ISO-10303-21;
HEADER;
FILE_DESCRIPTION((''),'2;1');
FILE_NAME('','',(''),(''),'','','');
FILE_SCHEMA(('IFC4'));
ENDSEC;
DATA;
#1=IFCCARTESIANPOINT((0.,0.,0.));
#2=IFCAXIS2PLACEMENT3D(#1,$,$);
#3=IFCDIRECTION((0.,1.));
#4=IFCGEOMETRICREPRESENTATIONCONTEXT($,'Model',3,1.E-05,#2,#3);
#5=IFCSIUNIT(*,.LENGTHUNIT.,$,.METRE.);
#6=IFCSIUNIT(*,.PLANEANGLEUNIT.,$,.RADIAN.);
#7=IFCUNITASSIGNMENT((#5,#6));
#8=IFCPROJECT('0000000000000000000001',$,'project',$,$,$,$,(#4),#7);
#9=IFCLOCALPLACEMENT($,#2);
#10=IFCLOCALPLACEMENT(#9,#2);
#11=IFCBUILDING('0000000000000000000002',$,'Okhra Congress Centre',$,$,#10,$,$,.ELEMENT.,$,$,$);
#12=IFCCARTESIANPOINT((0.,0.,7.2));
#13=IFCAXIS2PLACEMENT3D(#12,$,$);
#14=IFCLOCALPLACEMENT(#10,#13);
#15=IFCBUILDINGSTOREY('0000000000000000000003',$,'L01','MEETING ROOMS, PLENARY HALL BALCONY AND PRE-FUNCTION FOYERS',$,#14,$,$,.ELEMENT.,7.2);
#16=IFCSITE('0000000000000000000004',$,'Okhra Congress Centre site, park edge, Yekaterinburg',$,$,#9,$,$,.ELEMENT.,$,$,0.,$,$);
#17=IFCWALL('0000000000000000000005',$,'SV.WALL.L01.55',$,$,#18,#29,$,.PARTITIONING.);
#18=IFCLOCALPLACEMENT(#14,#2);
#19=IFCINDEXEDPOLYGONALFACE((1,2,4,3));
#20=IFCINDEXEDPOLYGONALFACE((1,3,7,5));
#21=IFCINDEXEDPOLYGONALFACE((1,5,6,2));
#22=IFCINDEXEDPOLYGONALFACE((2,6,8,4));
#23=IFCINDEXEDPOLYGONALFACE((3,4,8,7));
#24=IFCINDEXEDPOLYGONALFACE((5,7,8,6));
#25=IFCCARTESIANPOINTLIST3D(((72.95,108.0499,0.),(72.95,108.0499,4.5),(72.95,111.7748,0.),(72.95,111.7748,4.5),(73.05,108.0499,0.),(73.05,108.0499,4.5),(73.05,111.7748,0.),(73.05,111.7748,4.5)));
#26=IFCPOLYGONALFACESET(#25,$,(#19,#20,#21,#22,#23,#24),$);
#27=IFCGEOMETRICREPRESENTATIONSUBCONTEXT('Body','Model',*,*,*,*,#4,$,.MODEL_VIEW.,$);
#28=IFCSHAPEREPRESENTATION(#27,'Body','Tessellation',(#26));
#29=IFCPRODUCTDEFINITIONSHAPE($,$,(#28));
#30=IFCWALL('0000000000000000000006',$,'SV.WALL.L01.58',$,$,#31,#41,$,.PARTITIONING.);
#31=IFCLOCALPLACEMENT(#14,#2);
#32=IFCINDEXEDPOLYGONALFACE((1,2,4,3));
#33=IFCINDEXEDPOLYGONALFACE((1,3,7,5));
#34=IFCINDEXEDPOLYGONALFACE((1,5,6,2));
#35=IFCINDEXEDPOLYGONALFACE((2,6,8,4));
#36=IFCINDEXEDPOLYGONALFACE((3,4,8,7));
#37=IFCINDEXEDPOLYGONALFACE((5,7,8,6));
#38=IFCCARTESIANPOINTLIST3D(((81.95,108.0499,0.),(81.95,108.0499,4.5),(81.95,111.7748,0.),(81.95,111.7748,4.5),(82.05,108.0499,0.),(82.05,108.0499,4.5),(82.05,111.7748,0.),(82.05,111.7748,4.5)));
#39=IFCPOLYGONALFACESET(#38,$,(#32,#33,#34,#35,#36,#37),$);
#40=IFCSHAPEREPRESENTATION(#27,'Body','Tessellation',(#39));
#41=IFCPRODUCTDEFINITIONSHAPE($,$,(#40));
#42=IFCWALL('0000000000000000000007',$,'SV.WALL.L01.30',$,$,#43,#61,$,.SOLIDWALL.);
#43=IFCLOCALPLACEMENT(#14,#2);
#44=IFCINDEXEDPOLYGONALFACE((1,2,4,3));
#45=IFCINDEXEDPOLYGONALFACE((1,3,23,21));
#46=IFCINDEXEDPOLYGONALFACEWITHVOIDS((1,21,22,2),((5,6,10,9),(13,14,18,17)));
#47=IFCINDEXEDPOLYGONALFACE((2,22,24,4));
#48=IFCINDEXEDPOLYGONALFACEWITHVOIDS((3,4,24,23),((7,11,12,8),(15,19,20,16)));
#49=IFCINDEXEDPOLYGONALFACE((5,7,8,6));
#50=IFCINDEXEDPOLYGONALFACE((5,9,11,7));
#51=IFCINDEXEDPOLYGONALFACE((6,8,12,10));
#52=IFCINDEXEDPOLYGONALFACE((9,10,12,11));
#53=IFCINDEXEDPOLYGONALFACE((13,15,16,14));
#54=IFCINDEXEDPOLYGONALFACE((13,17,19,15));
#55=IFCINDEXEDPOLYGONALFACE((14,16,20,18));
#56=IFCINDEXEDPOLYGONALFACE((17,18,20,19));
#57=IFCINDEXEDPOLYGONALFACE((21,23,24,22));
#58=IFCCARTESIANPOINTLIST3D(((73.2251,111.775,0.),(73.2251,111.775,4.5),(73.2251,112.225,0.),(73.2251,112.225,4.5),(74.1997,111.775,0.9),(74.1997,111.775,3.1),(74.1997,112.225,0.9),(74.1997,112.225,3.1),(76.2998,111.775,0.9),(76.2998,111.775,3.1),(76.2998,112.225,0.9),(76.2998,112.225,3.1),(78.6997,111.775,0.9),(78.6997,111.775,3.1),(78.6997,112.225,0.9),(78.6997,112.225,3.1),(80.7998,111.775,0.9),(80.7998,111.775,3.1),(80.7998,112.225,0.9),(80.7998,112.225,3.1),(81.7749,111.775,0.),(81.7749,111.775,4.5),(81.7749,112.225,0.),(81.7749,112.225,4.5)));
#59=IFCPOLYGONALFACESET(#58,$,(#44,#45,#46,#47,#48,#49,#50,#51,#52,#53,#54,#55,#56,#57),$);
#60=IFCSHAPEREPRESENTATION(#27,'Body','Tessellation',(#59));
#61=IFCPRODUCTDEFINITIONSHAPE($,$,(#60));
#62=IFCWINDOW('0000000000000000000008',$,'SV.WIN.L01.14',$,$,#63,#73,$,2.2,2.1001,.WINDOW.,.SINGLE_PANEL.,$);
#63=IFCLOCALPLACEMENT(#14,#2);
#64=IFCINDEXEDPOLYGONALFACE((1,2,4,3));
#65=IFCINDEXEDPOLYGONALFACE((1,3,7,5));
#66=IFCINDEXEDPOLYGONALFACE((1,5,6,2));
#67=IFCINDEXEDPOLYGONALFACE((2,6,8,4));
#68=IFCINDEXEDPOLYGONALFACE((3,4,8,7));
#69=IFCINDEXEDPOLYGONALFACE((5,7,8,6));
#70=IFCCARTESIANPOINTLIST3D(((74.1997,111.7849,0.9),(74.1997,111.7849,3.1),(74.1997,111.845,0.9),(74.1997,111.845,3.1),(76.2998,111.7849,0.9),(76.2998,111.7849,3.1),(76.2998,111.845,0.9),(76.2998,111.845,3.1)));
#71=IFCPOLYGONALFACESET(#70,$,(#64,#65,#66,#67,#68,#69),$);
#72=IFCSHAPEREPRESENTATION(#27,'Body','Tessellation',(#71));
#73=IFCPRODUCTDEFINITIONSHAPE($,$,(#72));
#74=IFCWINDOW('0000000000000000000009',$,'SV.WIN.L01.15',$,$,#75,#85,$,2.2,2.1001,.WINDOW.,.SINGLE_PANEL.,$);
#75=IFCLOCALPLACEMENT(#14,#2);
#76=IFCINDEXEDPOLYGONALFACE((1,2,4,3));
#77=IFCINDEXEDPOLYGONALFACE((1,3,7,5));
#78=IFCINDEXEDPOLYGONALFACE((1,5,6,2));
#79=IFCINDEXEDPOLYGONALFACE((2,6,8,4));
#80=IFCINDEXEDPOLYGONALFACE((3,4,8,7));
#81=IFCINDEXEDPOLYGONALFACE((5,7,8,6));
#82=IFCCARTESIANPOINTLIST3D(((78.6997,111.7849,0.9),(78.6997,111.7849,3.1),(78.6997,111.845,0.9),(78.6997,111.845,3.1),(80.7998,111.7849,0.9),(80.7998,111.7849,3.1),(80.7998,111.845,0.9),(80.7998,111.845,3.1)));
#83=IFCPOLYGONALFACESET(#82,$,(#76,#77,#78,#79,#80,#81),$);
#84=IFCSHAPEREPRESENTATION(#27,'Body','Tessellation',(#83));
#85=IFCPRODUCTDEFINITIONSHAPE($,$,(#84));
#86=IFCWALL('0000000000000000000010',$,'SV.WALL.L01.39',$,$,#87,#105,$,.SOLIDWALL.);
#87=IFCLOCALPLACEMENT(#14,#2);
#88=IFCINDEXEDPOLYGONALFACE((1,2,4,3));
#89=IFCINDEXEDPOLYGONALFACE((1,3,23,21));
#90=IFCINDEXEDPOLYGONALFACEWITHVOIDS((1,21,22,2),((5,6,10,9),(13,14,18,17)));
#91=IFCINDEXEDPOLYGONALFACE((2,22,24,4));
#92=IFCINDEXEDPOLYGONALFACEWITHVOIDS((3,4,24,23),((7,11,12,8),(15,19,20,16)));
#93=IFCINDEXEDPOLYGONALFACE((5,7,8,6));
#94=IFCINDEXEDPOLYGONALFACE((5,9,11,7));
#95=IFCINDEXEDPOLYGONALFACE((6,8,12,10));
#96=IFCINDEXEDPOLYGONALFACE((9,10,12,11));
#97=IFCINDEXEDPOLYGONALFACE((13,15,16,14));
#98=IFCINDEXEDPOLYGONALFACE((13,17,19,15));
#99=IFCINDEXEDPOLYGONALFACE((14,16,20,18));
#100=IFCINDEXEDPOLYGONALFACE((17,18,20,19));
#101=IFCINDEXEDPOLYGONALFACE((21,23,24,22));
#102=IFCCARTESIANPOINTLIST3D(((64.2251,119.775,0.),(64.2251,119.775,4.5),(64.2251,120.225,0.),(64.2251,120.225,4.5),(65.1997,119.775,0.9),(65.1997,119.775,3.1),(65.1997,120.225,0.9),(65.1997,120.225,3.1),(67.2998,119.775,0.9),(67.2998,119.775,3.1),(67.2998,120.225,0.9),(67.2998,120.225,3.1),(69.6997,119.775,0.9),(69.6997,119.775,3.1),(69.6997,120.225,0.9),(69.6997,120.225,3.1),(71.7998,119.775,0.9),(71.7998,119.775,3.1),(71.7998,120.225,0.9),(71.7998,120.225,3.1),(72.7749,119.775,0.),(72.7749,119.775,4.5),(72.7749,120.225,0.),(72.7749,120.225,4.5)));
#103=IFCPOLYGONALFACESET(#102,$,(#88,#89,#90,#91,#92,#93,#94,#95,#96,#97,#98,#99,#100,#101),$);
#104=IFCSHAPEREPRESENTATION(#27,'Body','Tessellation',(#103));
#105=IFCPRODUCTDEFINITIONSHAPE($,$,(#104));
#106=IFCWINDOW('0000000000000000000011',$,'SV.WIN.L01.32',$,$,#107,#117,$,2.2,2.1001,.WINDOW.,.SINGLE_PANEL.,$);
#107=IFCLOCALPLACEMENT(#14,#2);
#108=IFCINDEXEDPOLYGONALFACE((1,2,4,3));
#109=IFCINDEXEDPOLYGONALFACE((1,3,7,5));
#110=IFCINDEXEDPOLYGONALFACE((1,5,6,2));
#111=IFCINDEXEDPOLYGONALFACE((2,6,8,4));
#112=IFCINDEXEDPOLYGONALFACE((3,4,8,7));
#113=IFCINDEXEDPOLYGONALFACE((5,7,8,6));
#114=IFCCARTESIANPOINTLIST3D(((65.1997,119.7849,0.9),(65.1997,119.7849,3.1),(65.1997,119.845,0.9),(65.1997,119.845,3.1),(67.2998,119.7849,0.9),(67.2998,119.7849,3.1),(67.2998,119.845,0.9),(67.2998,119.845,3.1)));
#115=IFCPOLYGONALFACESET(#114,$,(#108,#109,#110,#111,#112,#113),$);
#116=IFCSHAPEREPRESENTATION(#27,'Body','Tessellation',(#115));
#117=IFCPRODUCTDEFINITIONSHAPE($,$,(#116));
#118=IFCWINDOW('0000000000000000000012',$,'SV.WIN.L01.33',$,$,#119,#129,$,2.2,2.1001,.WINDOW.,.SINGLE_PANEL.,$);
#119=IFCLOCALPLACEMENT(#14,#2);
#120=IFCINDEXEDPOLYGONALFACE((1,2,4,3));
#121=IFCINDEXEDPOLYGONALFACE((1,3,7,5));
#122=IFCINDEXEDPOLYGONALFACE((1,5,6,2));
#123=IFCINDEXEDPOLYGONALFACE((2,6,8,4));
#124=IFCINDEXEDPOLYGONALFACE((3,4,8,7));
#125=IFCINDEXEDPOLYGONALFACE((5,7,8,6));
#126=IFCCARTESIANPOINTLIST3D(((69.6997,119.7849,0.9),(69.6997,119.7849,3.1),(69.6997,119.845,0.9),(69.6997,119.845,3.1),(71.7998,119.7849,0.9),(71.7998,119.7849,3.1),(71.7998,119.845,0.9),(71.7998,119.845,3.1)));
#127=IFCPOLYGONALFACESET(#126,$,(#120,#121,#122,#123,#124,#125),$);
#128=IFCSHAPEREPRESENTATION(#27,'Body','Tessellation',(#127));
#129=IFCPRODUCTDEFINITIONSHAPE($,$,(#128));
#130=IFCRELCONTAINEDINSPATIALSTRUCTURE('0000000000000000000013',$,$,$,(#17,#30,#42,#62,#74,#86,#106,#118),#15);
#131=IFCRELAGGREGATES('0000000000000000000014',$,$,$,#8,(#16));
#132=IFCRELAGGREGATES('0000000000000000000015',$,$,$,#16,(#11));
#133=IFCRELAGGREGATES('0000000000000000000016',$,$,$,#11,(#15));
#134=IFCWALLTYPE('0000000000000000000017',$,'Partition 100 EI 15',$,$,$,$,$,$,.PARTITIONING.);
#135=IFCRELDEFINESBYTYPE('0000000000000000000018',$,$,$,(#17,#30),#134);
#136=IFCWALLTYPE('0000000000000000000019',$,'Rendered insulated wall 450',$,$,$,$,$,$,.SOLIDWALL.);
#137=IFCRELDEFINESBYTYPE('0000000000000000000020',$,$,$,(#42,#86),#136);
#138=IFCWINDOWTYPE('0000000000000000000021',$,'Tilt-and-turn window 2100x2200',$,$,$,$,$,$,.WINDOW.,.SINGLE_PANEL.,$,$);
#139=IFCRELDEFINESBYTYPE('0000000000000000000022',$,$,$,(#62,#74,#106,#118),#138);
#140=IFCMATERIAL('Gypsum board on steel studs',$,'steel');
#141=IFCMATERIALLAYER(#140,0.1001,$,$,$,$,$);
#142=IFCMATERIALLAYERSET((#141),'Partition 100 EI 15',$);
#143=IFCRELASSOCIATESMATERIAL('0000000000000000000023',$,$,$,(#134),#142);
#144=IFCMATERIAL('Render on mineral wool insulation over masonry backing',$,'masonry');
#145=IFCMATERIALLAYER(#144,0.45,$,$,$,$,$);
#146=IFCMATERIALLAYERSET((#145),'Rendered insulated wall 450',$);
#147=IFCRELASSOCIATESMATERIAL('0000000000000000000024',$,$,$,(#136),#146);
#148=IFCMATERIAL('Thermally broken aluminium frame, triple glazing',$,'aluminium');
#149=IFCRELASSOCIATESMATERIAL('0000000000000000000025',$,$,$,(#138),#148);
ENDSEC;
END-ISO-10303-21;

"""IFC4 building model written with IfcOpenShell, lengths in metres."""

from ifc_helpers import new_model, si_unit, direction, frame, frame_2d, origin, place, context, subcontext, project, spatial, rectangle, extrude, material, layer, layer_set, type_object, element, fill, save


model = new_model("IFC4")

# Units and contexts
model_context = context("Model", 3, precision=1e-05, world=origin(), true_north=direction((0.0, 1.0)))
body_context = subcontext(model_context, "Body", "Model", "MODEL_VIEW")
ifc_project = project(units=[si_unit("LENGTHUNIT", "METRE"), si_unit("PLANEANGLEUNIT", "RADIAN")], contexts=[model_context])

# Site, building, storey
site_placement = place(None, origin())
site = spatial("IfcSite", under=ifc_project, at=site_placement, Name="Okhra Congress Centre site, park edge, Yekaterinburg", CompositionType="ELEMENT", RefElevation=0.0)
building_placement = place(site_placement, origin())
building = spatial("IfcBuilding", under=site, at=building_placement, Name="Okhra Congress Centre", CompositionType="ELEMENT")
storey_placement = place(building_placement, frame((0.0, 0.0, 7.2)))
storey = spatial("IfcBuildingStorey", under=building, at=storey_placement, Name="L01", Description="MEETING ROOMS, PLENARY HALL BALCONY AND PRE-FUNCTION FOYERS", CompositionType="ELEMENT", Elevation=7.2)

# Walls
ifc_material_1 = material(Name="Gypsum board on steel studs", Category="steel")
ifc_layer_1 = layer(ifc_material_1, 0.1001)
ifc_layer_set_1 = layer_set([ifc_layer_1], Name="Partition 100 EI 15")
wall_type_1 = type_object("IfcWallType", Name="Partition 100 EI 15", PredefinedType="PARTITIONING", material=ifc_layer_set_1)
for number, where, z_axis, x_axis, name in (
    (1, (73.0, 108.05, 0.0), (0.0, 0.0, 1.0), (0.0, 1.0, 0.0), "SV.WALL.L01.55"),
    (2, (82.0, 108.05, 0.0), (0.0, 0.0, 1.0), (0.0, 1.0, 0.0), "SV.WALL.L01.58"),
):
    element("IfcWall", number, at=place(storey_placement, frame(where, z_axis=z_axis, x_axis=x_axis)), inside=storey, type_object=wall_type_1, Name=name, PredefinedType="PARTITIONING", context=body_context, shape_type="SweptSolid", body=[
        extrude(rectangle(XDim=3.7249, YDim=0.1001, at=frame_2d((1.8623, 0.0))), origin(), (0.0, 0.0, 1.0), 4.5),
    ])

# Walls, openings, windows
ifc_material_2 = material(Name="Render on mineral wool insulation over masonry backing", Category="masonry")
ifc_layer_2 = layer(ifc_material_2, 0.45)
ifc_layer_set_2 = layer_set([ifc_layer_2], Name="Rendered insulated wall 450")
wall_type_2 = type_object("IfcWallType", Name="Rendered insulated wall 450", PredefinedType="SOLIDWALL", material=ifc_layer_set_2)
wall_1_placement = place(storey_placement, frame((81.7749, 112.0, 0.0), z_axis=(0.0, 0.0, 1.0), x_axis=(-1.0, 0.0, 0.0)))
wall_1 = element("IfcWall", 3, at=wall_1_placement, inside=storey, type_object=wall_type_2, Name="SV.WALL.L01.30", PredefinedType="SOLIDWALL", context=body_context, shape_type="SweptSolid", body=[
    extrude(rectangle(XDim=8.5498, YDim=0.45, at=frame_2d((4.2749, 0.0))), origin(), (0.0, 0.0, 1.0), 4.5),
])
opening_1_placement = place(wall_1_placement, frame((5.4751, 0.0, 0.8999)))
opening_1 = element("IfcOpeningElement", 4, at=opening_1_placement, cuts=wall_1, PredefinedType="OPENING", context=body_context, shape_type="SweptSolid", body=[
    extrude(rectangle(XDim=2.1001, YDim=2.2, at=frame_2d((1.05, 1.1001))), frame((0.0, 0.2349, 0.0), z_axis=(0.0, -1.0, 0.0), x_axis=(1.0, 0.0, 0.0)), (0.0, 0.0, 1.0), 0.47),
])
opening_2_placement = place(wall_1_placement, frame((0.9751, 0.0, 0.8999)))
opening_2 = element("IfcOpeningElement", 5, at=opening_2_placement, cuts=wall_1, PredefinedType="OPENING", context=body_context, shape_type="SweptSolid", body=[
    extrude(rectangle(XDim=2.1001, YDim=2.2, at=frame_2d((1.05, 1.1001))), frame((0.0, 0.2349, 0.0), z_axis=(0.0, -1.0, 0.0), x_axis=(1.0, 0.0, 0.0)), (0.0, 0.0, 1.0), 0.47),
])
ifc_material_3 = material(Name="Thermally broken aluminium frame, triple glazing", Category="aluminium")
window_type = type_object("IfcWindowType", Name="Tilt-and-turn window 2100x2200", PartitioningType="SINGLE_PANEL", PredefinedType="WINDOW", material=ifc_material_3)
window_1_placement = place(opening_1_placement, origin())
window_1 = element("IfcWindow", 6, at=window_1_placement, inside=storey, type_object=window_type, Name="SV.WIN.L01.14", OverallHeight=2.2, OverallWidth=2.1001, PartitioningType="SINGLE_PANEL", PredefinedType="WINDOW", context=body_context, shape_type="SweptSolid", body=[
    extrude(rectangle(XDim=2.1001, YDim=2.2, at=frame_2d((1.05, 1.1001))), frame((0.0, 0.2151, 0.0), z_axis=(0.0, -1.0, 0.0), x_axis=(1.0, 0.0, 0.0)), (0.0, 0.0, 1.0), 0.0601),
])
fill(opening_1, window_1)
window_2_placement = place(opening_2_placement, origin())
window_2 = element("IfcWindow", 7, at=window_2_placement, inside=storey, type_object=window_type, Name="SV.WIN.L01.15", OverallHeight=2.2, OverallWidth=2.1001, PartitioningType="SINGLE_PANEL", PredefinedType="WINDOW", context=body_context, shape_type="SweptSolid", body=[
    extrude(rectangle(XDim=2.1001, YDim=2.2, at=frame_2d((1.05, 1.1001))), frame((0.0, 0.2151, 0.0), z_axis=(0.0, -1.0, 0.0), x_axis=(1.0, 0.0, 0.0)), (0.0, 0.0, 1.0), 0.0601),
])
fill(opening_2, window_2)
wall_2_placement = place(storey_placement, frame((72.7749, 120.0, 0.0), z_axis=(0.0, 0.0, 1.0), x_axis=(-1.0, 0.0, 0.0)))
wall_2 = element("IfcWall", 8, at=wall_2_placement, inside=storey, type_object=wall_type_2, Name="SV.WALL.L01.39", PredefinedType="SOLIDWALL", context=body_context, shape_type="SweptSolid", body=[
    extrude(rectangle(XDim=8.5498, YDim=0.45, at=frame_2d((4.2749, 0.0))), origin(), (0.0, 0.0, 1.0), 4.5),
])
opening_3_placement = place(wall_2_placement, frame((5.4751, 0.0, 0.8999)))
opening_3 = element("IfcOpeningElement", 9, at=opening_3_placement, cuts=wall_2, PredefinedType="OPENING", context=body_context, shape_type="SweptSolid", body=[
    extrude(rectangle(XDim=2.1001, YDim=2.2, at=frame_2d((1.05, 1.1001))), frame((0.0, 0.2349, 0.0), z_axis=(0.0, -1.0, 0.0), x_axis=(1.0, 0.0, 0.0)), (0.0, 0.0, 1.0), 0.47),
])
opening_4_placement = place(wall_2_placement, frame((0.9751, 0.0, 0.8999)))
opening_4 = element("IfcOpeningElement", 10, at=opening_4_placement, cuts=wall_2, PredefinedType="OPENING", context=body_context, shape_type="SweptSolid", body=[
    extrude(rectangle(XDim=2.1001, YDim=2.2, at=frame_2d((1.05, 1.1001))), frame((0.0, 0.2349, 0.0), z_axis=(0.0, -1.0, 0.0), x_axis=(1.0, 0.0, 0.0)), (0.0, 0.0, 1.0), 0.47),
])
window_3_placement = place(opening_3_placement, origin())
window_3 = element("IfcWindow", 11, at=window_3_placement, inside=storey, type_object=window_type, Name="SV.WIN.L01.32", OverallHeight=2.2, OverallWidth=2.1001, PartitioningType="SINGLE_PANEL", PredefinedType="WINDOW", context=body_context, shape_type="SweptSolid", body=[
    extrude(rectangle(XDim=2.1001, YDim=2.2, at=frame_2d((1.05, 1.1001))), frame((0.0, 0.2151, 0.0), z_axis=(0.0, -1.0, 0.0), x_axis=(1.0, 0.0, 0.0)), (0.0, 0.0, 1.0), 0.0601),
])
fill(opening_3, window_3)
window_4_placement = place(opening_4_placement, origin())
window_4 = element("IfcWindow", 12, at=window_4_placement, inside=storey, type_object=window_type, Name="SV.WIN.L01.33", OverallHeight=2.2, OverallWidth=2.1001, PartitioningType="SINGLE_PANEL", PredefinedType="WINDOW", context=body_context, shape_type="SweptSolid", body=[
    extrude(rectangle(XDim=2.1001, YDim=2.2, at=frame_2d((1.05, 1.1001))), frame((0.0, 0.2151, 0.0), z_axis=(0.0, -1.0, 0.0), x_axis=(1.0, 0.0, 0.0)), (0.0, 0.0, 1.0), 0.0601),
])
fill(opening_4, window_4)

save(model, "model.ifc")
